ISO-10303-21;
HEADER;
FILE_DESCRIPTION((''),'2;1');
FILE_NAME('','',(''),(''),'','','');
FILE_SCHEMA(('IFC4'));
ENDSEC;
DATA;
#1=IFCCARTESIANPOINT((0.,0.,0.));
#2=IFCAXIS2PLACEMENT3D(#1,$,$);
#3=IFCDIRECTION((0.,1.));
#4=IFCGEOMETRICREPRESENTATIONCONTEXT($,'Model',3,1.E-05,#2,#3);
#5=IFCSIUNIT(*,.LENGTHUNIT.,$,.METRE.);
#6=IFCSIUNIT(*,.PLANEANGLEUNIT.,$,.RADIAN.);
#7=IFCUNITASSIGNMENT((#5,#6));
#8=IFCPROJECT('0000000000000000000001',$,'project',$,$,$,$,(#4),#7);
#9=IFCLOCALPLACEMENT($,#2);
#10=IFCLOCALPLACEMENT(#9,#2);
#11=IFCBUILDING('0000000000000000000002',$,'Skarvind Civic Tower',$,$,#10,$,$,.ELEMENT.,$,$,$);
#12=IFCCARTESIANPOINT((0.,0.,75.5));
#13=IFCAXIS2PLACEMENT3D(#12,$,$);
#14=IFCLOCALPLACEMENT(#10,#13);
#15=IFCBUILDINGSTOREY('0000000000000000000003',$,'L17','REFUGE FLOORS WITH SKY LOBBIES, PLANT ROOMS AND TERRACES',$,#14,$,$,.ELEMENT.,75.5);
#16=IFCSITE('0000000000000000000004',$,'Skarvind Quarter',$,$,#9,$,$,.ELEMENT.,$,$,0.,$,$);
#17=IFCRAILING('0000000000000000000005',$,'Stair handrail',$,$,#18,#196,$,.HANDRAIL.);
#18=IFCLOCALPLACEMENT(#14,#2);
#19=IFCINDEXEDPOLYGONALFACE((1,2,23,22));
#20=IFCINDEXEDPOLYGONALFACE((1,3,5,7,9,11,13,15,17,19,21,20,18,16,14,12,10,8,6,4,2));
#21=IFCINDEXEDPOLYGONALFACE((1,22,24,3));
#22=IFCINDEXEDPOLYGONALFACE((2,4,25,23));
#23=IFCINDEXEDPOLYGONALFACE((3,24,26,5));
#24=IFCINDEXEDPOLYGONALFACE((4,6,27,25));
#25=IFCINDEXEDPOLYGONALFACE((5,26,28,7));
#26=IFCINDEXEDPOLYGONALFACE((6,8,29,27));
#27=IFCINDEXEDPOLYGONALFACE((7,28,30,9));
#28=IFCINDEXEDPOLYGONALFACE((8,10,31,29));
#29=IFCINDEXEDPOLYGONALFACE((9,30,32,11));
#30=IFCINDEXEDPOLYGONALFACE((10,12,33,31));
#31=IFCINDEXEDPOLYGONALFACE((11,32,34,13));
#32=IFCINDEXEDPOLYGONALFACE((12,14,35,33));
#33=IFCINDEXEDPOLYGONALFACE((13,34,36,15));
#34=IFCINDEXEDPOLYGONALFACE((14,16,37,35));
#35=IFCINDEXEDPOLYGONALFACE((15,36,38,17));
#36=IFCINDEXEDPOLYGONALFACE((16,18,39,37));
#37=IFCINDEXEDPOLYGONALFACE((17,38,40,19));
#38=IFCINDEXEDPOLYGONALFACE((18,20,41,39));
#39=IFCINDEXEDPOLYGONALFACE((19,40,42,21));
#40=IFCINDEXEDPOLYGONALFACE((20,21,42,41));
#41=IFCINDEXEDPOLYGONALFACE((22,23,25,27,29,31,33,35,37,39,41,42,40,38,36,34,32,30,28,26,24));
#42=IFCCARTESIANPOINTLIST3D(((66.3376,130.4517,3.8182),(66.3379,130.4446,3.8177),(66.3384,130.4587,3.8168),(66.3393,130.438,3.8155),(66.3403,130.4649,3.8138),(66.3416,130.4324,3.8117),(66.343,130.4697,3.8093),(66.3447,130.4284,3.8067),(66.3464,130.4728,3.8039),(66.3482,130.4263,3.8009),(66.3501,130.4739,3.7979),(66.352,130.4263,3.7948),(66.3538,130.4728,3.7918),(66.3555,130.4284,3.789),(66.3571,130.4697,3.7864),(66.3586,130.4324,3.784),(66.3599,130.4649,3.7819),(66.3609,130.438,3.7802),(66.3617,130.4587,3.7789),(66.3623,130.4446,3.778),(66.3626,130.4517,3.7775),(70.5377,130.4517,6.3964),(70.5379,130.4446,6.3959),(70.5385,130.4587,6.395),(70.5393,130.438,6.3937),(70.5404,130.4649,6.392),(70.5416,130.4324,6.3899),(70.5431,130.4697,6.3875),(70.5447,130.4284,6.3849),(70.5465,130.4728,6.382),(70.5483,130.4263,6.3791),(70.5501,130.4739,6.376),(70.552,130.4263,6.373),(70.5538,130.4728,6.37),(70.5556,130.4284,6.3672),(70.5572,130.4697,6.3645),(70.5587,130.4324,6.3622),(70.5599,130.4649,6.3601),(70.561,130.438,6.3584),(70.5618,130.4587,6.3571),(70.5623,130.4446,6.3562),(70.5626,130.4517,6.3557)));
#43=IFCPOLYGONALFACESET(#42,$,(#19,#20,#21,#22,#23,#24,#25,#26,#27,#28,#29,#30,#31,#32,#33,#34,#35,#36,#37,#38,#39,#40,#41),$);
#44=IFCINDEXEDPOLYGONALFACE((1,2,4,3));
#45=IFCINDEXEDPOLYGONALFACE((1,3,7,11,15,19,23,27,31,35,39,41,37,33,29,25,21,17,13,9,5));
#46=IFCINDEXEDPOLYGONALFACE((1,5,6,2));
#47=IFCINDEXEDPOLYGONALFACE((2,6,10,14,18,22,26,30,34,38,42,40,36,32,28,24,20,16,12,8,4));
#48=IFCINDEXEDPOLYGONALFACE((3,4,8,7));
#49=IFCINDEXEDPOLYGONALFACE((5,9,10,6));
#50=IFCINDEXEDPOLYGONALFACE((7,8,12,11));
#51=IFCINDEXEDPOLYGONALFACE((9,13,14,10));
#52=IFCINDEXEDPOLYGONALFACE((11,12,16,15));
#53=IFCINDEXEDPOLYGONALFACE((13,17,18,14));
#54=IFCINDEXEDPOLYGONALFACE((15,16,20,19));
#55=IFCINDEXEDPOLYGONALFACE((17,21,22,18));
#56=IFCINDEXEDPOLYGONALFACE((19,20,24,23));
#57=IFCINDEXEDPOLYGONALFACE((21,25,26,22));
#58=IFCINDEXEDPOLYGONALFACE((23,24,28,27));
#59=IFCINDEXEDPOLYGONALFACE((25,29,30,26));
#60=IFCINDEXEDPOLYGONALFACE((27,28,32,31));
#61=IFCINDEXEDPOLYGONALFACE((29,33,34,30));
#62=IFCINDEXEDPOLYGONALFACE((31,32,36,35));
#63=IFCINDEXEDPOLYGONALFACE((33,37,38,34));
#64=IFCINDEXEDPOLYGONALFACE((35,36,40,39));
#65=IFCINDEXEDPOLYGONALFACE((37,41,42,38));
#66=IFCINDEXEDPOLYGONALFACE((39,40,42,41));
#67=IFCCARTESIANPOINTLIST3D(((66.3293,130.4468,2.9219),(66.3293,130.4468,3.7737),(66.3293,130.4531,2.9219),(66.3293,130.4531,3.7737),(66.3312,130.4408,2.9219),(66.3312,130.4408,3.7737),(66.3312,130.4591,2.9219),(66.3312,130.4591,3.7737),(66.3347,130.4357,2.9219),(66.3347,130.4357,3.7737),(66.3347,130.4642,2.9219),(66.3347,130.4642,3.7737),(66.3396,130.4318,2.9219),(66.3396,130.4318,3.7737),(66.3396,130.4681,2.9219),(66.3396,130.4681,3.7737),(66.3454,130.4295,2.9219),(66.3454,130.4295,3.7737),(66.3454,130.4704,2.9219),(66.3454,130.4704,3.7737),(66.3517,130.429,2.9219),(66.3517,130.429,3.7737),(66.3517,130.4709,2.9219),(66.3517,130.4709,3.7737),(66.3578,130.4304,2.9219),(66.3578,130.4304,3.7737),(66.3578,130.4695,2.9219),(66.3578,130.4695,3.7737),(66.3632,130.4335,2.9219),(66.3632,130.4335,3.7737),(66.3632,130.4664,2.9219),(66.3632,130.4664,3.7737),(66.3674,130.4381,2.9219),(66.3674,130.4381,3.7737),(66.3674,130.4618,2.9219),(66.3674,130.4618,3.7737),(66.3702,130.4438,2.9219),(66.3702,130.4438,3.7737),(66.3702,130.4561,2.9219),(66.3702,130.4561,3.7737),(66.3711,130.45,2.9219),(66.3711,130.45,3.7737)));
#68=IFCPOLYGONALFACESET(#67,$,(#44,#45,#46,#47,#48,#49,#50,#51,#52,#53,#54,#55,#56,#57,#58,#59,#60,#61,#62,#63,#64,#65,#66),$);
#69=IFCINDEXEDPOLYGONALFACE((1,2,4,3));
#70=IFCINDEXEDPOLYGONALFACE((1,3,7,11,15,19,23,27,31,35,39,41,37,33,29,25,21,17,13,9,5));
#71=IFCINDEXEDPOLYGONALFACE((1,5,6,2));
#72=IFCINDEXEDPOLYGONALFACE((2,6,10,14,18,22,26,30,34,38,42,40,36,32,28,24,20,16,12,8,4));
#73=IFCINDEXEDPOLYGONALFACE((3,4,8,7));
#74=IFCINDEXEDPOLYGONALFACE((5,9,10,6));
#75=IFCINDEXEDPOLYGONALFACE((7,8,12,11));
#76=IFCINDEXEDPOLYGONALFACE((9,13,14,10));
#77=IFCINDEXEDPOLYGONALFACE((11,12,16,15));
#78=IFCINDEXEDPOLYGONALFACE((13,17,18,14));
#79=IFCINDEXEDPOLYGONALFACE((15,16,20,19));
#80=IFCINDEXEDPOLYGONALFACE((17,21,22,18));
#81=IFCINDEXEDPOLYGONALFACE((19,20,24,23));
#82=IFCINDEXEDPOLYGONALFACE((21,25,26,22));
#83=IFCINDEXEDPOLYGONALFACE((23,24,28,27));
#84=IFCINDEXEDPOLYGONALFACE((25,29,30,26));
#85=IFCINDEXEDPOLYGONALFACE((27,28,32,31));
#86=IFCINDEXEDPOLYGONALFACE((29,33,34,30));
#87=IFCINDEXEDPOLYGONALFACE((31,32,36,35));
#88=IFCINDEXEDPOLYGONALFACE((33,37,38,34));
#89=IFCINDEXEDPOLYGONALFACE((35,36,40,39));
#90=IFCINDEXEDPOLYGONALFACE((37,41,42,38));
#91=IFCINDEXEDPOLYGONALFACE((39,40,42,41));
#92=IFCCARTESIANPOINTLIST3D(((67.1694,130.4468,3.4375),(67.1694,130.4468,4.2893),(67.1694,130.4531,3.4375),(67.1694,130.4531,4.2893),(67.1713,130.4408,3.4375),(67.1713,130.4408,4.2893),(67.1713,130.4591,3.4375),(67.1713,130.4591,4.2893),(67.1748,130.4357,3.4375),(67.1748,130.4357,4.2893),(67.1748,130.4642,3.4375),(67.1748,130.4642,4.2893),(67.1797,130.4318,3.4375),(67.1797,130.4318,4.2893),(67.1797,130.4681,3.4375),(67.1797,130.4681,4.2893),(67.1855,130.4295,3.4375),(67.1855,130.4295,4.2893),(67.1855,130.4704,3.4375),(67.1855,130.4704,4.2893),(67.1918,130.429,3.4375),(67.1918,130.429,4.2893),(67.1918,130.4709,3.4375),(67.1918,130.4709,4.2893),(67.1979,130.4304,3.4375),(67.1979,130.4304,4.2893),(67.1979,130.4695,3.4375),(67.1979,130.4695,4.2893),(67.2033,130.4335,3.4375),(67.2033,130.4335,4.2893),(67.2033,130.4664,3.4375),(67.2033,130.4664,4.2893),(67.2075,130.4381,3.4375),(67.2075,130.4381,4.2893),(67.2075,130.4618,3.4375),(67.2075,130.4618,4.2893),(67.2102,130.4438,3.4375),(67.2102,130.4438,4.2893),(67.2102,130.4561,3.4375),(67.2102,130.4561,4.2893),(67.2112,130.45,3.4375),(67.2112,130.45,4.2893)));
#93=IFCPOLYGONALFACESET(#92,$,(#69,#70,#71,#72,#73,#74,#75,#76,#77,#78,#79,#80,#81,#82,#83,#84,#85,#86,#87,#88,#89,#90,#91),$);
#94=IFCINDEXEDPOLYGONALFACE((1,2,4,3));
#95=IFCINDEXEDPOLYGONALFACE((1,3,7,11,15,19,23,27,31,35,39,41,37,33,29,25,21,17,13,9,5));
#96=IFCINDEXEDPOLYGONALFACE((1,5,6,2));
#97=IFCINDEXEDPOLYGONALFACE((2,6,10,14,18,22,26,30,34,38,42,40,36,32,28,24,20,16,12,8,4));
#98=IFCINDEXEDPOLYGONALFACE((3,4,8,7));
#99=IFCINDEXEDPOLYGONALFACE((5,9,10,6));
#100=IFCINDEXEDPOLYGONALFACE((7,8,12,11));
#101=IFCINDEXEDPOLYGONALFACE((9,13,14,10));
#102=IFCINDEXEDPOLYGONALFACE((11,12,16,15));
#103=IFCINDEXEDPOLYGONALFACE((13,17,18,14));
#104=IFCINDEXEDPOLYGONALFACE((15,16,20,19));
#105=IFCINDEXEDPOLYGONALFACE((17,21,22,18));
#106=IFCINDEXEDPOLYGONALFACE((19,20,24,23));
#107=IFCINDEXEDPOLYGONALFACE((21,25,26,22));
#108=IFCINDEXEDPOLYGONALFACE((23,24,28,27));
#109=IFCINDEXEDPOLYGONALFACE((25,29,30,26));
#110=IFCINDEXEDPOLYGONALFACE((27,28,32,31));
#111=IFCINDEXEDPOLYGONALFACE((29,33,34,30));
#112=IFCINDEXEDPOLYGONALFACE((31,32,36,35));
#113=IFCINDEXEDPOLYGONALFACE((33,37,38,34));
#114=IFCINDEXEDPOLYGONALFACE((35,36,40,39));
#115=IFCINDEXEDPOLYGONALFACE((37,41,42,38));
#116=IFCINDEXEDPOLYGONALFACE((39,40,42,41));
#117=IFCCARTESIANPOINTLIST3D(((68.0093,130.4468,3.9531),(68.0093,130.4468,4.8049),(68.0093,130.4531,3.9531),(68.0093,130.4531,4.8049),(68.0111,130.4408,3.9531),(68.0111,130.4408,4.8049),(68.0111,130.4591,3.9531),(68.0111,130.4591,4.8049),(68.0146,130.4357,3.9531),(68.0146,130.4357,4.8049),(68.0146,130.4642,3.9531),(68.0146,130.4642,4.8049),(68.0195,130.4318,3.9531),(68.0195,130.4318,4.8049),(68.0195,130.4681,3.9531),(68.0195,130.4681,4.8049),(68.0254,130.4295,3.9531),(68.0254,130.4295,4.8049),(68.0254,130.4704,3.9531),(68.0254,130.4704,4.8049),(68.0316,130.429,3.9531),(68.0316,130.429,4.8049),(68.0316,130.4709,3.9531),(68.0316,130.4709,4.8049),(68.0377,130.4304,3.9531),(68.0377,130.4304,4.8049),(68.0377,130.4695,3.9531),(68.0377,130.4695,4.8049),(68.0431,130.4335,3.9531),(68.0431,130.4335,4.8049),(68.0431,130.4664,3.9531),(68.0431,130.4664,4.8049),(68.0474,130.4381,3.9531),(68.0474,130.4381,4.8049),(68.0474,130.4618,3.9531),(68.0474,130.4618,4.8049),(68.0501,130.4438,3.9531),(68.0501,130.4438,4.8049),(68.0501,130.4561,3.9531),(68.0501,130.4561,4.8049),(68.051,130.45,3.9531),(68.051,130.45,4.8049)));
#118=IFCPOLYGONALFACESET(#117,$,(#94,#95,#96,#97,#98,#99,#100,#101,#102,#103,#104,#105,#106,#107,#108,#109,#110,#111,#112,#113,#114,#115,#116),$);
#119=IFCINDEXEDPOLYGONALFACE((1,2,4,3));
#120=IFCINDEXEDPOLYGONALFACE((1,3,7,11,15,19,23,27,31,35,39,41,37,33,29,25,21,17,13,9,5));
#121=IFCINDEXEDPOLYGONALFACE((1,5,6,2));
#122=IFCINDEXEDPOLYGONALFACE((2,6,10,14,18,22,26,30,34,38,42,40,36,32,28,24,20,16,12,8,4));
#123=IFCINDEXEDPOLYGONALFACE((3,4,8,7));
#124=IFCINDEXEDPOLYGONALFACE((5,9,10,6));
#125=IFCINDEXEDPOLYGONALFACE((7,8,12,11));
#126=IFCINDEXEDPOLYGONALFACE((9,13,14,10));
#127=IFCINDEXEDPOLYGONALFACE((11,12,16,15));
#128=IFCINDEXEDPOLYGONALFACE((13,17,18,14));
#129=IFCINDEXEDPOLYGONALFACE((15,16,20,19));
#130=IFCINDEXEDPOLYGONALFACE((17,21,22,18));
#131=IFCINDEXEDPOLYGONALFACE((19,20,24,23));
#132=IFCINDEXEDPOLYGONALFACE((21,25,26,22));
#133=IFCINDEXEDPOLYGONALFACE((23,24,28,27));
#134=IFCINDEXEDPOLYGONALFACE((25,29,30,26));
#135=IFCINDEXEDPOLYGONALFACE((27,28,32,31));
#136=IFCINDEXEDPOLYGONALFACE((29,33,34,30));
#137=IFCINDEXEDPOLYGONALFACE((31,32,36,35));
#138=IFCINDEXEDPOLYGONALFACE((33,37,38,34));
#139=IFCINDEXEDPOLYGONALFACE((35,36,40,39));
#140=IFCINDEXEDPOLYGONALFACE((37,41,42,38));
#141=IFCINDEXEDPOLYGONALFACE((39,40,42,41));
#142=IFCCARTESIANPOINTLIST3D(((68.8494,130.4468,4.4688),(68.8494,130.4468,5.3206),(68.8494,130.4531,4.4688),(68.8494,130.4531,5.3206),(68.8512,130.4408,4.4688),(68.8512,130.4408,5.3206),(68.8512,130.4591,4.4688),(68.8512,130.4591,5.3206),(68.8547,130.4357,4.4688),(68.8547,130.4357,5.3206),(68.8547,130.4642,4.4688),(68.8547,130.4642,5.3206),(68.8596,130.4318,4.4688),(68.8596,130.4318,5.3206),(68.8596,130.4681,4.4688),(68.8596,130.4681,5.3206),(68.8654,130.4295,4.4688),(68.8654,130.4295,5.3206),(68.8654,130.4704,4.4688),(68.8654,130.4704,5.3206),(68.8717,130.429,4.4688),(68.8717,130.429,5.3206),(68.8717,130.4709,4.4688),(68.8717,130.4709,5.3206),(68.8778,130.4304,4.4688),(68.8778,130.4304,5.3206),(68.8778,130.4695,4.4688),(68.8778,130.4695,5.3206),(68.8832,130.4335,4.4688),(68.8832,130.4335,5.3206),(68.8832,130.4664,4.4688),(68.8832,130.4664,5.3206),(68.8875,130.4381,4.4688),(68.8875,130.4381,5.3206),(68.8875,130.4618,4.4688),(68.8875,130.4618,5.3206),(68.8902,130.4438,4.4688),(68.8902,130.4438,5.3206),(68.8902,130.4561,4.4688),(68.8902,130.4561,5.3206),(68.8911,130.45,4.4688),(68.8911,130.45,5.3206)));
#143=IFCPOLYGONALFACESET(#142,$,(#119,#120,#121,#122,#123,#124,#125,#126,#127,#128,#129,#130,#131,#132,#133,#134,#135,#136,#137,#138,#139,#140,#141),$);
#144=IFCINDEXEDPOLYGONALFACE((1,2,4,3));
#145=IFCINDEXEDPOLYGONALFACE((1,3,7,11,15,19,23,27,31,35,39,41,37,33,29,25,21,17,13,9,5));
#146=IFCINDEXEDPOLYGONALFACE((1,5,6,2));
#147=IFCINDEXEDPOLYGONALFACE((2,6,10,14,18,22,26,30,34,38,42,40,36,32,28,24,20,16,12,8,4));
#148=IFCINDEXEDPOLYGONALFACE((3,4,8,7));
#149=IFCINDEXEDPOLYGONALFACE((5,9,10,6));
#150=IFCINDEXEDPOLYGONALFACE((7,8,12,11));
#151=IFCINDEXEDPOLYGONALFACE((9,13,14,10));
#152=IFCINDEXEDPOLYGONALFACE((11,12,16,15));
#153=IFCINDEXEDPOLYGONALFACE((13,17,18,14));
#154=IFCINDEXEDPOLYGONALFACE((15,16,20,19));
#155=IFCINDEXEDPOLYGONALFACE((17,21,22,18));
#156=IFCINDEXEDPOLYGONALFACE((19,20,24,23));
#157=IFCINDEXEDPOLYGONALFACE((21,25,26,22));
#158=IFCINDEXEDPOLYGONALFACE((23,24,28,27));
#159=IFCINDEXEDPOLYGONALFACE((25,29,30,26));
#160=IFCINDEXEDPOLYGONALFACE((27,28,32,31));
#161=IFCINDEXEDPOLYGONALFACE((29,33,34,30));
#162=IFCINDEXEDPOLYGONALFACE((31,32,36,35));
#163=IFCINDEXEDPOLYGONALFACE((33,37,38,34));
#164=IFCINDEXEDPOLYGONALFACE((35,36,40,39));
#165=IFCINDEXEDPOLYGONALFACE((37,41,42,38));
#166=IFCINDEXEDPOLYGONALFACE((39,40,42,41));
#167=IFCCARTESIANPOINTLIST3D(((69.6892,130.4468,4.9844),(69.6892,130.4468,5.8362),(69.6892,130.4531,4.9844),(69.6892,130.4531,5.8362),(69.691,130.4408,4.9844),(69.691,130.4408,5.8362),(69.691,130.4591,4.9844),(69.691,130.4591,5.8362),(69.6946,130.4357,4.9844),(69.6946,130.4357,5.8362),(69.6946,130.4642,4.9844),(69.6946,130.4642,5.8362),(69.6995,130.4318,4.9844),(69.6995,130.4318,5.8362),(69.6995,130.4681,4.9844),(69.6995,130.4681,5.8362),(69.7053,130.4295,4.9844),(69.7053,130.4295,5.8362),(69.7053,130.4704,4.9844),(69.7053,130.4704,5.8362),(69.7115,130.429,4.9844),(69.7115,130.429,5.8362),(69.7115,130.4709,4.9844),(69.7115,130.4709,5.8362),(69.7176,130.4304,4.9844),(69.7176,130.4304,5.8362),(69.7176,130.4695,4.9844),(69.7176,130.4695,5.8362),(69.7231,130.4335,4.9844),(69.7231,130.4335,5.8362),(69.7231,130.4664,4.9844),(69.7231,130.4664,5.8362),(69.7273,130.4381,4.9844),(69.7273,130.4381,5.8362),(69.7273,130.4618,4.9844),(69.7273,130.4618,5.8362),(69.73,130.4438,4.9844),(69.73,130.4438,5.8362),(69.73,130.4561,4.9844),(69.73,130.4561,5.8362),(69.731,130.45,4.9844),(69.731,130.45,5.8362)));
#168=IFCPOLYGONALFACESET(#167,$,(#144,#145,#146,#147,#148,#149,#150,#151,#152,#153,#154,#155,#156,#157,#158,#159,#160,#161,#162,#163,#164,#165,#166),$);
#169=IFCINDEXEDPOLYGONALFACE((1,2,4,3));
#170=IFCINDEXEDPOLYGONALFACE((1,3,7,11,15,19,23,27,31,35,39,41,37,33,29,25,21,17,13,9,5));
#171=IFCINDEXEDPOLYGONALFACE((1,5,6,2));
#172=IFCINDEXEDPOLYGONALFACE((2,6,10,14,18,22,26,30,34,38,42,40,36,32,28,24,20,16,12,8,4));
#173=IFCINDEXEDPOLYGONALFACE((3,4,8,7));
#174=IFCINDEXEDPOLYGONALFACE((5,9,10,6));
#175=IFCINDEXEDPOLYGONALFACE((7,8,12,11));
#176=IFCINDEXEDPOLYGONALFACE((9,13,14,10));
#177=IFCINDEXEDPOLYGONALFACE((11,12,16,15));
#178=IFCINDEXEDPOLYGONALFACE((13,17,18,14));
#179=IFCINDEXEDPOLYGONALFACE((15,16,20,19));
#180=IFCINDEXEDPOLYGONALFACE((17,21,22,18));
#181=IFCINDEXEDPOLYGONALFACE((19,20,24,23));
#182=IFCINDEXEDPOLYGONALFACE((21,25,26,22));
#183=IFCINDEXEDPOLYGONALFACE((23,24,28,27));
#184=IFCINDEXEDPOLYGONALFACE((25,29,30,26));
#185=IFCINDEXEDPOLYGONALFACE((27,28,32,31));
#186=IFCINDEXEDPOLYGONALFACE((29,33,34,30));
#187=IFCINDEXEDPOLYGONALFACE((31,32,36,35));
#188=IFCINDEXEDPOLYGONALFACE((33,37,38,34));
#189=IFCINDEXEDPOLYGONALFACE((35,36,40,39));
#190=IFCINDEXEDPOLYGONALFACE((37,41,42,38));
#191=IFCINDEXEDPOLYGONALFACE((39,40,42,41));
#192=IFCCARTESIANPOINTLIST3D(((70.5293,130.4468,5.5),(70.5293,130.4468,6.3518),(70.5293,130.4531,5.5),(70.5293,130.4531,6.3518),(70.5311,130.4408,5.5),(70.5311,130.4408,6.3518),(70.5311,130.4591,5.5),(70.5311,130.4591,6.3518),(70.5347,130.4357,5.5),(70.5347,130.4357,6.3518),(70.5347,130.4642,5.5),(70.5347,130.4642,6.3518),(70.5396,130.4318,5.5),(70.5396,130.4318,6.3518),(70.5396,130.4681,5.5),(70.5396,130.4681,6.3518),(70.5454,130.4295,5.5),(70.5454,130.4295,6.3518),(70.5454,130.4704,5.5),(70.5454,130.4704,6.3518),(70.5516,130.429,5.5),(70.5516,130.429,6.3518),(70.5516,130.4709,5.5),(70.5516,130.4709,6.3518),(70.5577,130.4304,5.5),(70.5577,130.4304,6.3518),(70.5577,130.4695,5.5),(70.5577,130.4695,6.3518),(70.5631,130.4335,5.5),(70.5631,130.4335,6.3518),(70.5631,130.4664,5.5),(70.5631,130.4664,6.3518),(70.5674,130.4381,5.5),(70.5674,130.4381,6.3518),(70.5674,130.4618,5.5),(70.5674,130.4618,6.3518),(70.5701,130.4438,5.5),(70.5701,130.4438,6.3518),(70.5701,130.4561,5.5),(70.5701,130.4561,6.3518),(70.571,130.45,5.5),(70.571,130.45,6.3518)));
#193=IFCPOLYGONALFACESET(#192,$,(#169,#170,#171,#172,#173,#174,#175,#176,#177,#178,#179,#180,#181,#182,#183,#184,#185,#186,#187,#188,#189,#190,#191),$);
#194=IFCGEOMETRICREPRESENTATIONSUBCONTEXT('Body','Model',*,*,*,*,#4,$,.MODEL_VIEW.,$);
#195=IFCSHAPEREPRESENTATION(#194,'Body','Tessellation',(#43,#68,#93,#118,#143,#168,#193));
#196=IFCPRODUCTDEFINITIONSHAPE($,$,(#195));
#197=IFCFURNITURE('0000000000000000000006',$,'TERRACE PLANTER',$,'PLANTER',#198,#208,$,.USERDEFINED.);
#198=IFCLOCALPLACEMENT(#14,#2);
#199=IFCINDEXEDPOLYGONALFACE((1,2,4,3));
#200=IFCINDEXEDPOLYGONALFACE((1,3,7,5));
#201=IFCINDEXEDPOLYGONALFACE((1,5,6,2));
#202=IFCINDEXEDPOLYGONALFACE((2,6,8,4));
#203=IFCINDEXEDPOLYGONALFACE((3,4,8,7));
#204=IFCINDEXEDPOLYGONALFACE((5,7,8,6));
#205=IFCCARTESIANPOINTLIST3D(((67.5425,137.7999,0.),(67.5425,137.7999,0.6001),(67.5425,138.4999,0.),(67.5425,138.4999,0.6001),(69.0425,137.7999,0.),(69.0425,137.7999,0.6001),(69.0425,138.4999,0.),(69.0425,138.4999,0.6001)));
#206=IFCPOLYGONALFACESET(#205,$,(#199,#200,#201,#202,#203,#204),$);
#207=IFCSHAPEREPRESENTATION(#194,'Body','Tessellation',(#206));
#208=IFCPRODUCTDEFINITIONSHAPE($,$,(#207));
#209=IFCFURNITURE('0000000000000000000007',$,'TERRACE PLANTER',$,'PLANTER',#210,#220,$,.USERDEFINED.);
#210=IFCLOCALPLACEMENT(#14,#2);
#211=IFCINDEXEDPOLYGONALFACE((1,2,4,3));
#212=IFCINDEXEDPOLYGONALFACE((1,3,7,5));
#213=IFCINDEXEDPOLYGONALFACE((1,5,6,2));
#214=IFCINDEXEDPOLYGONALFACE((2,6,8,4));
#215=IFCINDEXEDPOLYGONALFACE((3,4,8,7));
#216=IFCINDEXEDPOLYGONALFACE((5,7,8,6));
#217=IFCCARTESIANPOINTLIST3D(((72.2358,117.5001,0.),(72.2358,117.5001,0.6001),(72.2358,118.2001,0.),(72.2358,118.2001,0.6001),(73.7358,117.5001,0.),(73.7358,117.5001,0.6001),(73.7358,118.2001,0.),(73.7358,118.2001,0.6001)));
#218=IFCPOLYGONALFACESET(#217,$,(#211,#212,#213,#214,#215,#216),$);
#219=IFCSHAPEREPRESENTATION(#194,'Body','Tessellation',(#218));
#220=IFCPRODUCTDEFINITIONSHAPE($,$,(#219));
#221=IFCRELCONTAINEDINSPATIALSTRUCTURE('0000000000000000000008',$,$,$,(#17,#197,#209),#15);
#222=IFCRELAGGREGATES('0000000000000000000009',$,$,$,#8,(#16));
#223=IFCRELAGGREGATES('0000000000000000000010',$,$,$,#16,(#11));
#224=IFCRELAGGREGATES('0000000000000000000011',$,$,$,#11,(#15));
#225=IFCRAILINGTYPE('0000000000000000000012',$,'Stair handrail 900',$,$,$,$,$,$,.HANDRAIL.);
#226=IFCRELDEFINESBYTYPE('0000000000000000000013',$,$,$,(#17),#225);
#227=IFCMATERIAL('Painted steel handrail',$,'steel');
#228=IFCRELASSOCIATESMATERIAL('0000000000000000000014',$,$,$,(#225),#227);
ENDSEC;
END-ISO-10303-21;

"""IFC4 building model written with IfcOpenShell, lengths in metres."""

from ifc_helpers import new_model, si_unit, direction, frame, origin, origin_2d, place, context, subcontext, project, spatial, rectangle, circle, extrude, material, type_object, element, save


model = new_model("IFC4")

# Units and contexts
model_context = context("Model", 3, precision=1e-05, world=origin(), true_north=direction((0.0, 1.0)))
body_context = subcontext(model_context, "Body", "Model", "MODEL_VIEW")
ifc_project = project(units=[si_unit("LENGTHUNIT", "METRE"), si_unit("PLANEANGLEUNIT", "RADIAN")], contexts=[model_context])

# Site, building, storey
site_placement = place(None, origin())
site = spatial("IfcSite", under=ifc_project, at=site_placement, Name="Skarvind Quarter", CompositionType="ELEMENT", RefElevation=0.0)
building_placement = place(site_placement, origin())
building = spatial("IfcBuilding", under=site, at=building_placement, Name="Skarvind Civic Tower", CompositionType="ELEMENT")
storey_placement = place(building_placement, frame((0.0, 0.0, 75.5)))
storey = spatial("IfcBuildingStorey", under=building, at=storey_placement, Name="L17", Description="REFUGE FLOORS WITH SKY LOBBIES, PLANT ROOMS AND TERRACES", CompositionType="ELEMENT", Elevation=75.5)

# Railing
ifc_material_1 = material(Name="Painted steel handrail", Category="steel")
railing_type = type_object("IfcRailingType", Name="Stair handrail 900", PredefinedType="HANDRAIL", material=ifc_material_1)
railing_1_placement = place(storey_placement, frame((66.3501, 130.45, 2.9219)))
element("IfcRailing", 1, at=railing_1_placement, inside=storey, type_object=railing_type, Name="Stair handrail", PredefinedType="HANDRAIL", context=body_context, shape_type="SweptSolid", body=[
    extrude(circle(Radius=0.0239, at=origin_2d()), frame((0.0, 0.0, 0.876), z_axis=(0.852243, 0.0, 0.523146), x_axis=(0.0, 1.0, 0.0)), (0.0, 0.0, 1.0), 4.9282),
    extrude(circle(Radius=0.021, at=origin_2d()), origin(), (0.0, 0.0, 1.0), 0.8518),
    extrude(circle(Radius=0.021, at=origin_2d()), frame((0.8401, 0.0, 0.5156)), (0.0, 0.0, 1.0), 0.8518),
    extrude(circle(Radius=0.021, at=origin_2d()), frame((1.6799, 0.0, 1.0312)), (0.0, 0.0, 1.0), 0.8518),
    extrude(circle(Radius=0.021, at=origin_2d()), frame((2.52, 0.0, 1.5469)), (0.0, 0.0, 1.0), 0.8518),
    extrude(circle(Radius=0.021, at=origin_2d()), frame((3.3599, 0.0, 2.0625)), (0.0, 0.0, 1.0), 0.8518),
    extrude(circle(Radius=0.021, at=origin_2d()), frame((4.2, 0.0, 2.5781)), (0.0, 0.0, 1.0), 0.8518),
])

# Furniture
for number, where, z_axis, x_axis, name in (
    (2, (68.2925, 138.1499, 0.0), (0.0, 0.0, 1.0), (1.0, 0.0, 0.0), "TERRACE PLANTER"),
    (3, (72.9858, 117.8501, 0.0), (0.0, 0.0, 1.0), (-1.0, 0.0, 0.0), "TERRACE PLANTER"),
):
    element("IfcFurniture", number, at=place(storey_placement, frame(where, z_axis=z_axis, x_axis=x_axis)), inside=storey, Name=name, ObjectType="PLANTER", PredefinedType="USERDEFINED", context=body_context, shape_type="SweptSolid", body=[
        extrude(rectangle(XDim=1.5, YDim=0.7, at=origin_2d()), origin(), (0.0, 0.0, 1.0), 0.6001),
    ])

save(model, "model.ifc")
